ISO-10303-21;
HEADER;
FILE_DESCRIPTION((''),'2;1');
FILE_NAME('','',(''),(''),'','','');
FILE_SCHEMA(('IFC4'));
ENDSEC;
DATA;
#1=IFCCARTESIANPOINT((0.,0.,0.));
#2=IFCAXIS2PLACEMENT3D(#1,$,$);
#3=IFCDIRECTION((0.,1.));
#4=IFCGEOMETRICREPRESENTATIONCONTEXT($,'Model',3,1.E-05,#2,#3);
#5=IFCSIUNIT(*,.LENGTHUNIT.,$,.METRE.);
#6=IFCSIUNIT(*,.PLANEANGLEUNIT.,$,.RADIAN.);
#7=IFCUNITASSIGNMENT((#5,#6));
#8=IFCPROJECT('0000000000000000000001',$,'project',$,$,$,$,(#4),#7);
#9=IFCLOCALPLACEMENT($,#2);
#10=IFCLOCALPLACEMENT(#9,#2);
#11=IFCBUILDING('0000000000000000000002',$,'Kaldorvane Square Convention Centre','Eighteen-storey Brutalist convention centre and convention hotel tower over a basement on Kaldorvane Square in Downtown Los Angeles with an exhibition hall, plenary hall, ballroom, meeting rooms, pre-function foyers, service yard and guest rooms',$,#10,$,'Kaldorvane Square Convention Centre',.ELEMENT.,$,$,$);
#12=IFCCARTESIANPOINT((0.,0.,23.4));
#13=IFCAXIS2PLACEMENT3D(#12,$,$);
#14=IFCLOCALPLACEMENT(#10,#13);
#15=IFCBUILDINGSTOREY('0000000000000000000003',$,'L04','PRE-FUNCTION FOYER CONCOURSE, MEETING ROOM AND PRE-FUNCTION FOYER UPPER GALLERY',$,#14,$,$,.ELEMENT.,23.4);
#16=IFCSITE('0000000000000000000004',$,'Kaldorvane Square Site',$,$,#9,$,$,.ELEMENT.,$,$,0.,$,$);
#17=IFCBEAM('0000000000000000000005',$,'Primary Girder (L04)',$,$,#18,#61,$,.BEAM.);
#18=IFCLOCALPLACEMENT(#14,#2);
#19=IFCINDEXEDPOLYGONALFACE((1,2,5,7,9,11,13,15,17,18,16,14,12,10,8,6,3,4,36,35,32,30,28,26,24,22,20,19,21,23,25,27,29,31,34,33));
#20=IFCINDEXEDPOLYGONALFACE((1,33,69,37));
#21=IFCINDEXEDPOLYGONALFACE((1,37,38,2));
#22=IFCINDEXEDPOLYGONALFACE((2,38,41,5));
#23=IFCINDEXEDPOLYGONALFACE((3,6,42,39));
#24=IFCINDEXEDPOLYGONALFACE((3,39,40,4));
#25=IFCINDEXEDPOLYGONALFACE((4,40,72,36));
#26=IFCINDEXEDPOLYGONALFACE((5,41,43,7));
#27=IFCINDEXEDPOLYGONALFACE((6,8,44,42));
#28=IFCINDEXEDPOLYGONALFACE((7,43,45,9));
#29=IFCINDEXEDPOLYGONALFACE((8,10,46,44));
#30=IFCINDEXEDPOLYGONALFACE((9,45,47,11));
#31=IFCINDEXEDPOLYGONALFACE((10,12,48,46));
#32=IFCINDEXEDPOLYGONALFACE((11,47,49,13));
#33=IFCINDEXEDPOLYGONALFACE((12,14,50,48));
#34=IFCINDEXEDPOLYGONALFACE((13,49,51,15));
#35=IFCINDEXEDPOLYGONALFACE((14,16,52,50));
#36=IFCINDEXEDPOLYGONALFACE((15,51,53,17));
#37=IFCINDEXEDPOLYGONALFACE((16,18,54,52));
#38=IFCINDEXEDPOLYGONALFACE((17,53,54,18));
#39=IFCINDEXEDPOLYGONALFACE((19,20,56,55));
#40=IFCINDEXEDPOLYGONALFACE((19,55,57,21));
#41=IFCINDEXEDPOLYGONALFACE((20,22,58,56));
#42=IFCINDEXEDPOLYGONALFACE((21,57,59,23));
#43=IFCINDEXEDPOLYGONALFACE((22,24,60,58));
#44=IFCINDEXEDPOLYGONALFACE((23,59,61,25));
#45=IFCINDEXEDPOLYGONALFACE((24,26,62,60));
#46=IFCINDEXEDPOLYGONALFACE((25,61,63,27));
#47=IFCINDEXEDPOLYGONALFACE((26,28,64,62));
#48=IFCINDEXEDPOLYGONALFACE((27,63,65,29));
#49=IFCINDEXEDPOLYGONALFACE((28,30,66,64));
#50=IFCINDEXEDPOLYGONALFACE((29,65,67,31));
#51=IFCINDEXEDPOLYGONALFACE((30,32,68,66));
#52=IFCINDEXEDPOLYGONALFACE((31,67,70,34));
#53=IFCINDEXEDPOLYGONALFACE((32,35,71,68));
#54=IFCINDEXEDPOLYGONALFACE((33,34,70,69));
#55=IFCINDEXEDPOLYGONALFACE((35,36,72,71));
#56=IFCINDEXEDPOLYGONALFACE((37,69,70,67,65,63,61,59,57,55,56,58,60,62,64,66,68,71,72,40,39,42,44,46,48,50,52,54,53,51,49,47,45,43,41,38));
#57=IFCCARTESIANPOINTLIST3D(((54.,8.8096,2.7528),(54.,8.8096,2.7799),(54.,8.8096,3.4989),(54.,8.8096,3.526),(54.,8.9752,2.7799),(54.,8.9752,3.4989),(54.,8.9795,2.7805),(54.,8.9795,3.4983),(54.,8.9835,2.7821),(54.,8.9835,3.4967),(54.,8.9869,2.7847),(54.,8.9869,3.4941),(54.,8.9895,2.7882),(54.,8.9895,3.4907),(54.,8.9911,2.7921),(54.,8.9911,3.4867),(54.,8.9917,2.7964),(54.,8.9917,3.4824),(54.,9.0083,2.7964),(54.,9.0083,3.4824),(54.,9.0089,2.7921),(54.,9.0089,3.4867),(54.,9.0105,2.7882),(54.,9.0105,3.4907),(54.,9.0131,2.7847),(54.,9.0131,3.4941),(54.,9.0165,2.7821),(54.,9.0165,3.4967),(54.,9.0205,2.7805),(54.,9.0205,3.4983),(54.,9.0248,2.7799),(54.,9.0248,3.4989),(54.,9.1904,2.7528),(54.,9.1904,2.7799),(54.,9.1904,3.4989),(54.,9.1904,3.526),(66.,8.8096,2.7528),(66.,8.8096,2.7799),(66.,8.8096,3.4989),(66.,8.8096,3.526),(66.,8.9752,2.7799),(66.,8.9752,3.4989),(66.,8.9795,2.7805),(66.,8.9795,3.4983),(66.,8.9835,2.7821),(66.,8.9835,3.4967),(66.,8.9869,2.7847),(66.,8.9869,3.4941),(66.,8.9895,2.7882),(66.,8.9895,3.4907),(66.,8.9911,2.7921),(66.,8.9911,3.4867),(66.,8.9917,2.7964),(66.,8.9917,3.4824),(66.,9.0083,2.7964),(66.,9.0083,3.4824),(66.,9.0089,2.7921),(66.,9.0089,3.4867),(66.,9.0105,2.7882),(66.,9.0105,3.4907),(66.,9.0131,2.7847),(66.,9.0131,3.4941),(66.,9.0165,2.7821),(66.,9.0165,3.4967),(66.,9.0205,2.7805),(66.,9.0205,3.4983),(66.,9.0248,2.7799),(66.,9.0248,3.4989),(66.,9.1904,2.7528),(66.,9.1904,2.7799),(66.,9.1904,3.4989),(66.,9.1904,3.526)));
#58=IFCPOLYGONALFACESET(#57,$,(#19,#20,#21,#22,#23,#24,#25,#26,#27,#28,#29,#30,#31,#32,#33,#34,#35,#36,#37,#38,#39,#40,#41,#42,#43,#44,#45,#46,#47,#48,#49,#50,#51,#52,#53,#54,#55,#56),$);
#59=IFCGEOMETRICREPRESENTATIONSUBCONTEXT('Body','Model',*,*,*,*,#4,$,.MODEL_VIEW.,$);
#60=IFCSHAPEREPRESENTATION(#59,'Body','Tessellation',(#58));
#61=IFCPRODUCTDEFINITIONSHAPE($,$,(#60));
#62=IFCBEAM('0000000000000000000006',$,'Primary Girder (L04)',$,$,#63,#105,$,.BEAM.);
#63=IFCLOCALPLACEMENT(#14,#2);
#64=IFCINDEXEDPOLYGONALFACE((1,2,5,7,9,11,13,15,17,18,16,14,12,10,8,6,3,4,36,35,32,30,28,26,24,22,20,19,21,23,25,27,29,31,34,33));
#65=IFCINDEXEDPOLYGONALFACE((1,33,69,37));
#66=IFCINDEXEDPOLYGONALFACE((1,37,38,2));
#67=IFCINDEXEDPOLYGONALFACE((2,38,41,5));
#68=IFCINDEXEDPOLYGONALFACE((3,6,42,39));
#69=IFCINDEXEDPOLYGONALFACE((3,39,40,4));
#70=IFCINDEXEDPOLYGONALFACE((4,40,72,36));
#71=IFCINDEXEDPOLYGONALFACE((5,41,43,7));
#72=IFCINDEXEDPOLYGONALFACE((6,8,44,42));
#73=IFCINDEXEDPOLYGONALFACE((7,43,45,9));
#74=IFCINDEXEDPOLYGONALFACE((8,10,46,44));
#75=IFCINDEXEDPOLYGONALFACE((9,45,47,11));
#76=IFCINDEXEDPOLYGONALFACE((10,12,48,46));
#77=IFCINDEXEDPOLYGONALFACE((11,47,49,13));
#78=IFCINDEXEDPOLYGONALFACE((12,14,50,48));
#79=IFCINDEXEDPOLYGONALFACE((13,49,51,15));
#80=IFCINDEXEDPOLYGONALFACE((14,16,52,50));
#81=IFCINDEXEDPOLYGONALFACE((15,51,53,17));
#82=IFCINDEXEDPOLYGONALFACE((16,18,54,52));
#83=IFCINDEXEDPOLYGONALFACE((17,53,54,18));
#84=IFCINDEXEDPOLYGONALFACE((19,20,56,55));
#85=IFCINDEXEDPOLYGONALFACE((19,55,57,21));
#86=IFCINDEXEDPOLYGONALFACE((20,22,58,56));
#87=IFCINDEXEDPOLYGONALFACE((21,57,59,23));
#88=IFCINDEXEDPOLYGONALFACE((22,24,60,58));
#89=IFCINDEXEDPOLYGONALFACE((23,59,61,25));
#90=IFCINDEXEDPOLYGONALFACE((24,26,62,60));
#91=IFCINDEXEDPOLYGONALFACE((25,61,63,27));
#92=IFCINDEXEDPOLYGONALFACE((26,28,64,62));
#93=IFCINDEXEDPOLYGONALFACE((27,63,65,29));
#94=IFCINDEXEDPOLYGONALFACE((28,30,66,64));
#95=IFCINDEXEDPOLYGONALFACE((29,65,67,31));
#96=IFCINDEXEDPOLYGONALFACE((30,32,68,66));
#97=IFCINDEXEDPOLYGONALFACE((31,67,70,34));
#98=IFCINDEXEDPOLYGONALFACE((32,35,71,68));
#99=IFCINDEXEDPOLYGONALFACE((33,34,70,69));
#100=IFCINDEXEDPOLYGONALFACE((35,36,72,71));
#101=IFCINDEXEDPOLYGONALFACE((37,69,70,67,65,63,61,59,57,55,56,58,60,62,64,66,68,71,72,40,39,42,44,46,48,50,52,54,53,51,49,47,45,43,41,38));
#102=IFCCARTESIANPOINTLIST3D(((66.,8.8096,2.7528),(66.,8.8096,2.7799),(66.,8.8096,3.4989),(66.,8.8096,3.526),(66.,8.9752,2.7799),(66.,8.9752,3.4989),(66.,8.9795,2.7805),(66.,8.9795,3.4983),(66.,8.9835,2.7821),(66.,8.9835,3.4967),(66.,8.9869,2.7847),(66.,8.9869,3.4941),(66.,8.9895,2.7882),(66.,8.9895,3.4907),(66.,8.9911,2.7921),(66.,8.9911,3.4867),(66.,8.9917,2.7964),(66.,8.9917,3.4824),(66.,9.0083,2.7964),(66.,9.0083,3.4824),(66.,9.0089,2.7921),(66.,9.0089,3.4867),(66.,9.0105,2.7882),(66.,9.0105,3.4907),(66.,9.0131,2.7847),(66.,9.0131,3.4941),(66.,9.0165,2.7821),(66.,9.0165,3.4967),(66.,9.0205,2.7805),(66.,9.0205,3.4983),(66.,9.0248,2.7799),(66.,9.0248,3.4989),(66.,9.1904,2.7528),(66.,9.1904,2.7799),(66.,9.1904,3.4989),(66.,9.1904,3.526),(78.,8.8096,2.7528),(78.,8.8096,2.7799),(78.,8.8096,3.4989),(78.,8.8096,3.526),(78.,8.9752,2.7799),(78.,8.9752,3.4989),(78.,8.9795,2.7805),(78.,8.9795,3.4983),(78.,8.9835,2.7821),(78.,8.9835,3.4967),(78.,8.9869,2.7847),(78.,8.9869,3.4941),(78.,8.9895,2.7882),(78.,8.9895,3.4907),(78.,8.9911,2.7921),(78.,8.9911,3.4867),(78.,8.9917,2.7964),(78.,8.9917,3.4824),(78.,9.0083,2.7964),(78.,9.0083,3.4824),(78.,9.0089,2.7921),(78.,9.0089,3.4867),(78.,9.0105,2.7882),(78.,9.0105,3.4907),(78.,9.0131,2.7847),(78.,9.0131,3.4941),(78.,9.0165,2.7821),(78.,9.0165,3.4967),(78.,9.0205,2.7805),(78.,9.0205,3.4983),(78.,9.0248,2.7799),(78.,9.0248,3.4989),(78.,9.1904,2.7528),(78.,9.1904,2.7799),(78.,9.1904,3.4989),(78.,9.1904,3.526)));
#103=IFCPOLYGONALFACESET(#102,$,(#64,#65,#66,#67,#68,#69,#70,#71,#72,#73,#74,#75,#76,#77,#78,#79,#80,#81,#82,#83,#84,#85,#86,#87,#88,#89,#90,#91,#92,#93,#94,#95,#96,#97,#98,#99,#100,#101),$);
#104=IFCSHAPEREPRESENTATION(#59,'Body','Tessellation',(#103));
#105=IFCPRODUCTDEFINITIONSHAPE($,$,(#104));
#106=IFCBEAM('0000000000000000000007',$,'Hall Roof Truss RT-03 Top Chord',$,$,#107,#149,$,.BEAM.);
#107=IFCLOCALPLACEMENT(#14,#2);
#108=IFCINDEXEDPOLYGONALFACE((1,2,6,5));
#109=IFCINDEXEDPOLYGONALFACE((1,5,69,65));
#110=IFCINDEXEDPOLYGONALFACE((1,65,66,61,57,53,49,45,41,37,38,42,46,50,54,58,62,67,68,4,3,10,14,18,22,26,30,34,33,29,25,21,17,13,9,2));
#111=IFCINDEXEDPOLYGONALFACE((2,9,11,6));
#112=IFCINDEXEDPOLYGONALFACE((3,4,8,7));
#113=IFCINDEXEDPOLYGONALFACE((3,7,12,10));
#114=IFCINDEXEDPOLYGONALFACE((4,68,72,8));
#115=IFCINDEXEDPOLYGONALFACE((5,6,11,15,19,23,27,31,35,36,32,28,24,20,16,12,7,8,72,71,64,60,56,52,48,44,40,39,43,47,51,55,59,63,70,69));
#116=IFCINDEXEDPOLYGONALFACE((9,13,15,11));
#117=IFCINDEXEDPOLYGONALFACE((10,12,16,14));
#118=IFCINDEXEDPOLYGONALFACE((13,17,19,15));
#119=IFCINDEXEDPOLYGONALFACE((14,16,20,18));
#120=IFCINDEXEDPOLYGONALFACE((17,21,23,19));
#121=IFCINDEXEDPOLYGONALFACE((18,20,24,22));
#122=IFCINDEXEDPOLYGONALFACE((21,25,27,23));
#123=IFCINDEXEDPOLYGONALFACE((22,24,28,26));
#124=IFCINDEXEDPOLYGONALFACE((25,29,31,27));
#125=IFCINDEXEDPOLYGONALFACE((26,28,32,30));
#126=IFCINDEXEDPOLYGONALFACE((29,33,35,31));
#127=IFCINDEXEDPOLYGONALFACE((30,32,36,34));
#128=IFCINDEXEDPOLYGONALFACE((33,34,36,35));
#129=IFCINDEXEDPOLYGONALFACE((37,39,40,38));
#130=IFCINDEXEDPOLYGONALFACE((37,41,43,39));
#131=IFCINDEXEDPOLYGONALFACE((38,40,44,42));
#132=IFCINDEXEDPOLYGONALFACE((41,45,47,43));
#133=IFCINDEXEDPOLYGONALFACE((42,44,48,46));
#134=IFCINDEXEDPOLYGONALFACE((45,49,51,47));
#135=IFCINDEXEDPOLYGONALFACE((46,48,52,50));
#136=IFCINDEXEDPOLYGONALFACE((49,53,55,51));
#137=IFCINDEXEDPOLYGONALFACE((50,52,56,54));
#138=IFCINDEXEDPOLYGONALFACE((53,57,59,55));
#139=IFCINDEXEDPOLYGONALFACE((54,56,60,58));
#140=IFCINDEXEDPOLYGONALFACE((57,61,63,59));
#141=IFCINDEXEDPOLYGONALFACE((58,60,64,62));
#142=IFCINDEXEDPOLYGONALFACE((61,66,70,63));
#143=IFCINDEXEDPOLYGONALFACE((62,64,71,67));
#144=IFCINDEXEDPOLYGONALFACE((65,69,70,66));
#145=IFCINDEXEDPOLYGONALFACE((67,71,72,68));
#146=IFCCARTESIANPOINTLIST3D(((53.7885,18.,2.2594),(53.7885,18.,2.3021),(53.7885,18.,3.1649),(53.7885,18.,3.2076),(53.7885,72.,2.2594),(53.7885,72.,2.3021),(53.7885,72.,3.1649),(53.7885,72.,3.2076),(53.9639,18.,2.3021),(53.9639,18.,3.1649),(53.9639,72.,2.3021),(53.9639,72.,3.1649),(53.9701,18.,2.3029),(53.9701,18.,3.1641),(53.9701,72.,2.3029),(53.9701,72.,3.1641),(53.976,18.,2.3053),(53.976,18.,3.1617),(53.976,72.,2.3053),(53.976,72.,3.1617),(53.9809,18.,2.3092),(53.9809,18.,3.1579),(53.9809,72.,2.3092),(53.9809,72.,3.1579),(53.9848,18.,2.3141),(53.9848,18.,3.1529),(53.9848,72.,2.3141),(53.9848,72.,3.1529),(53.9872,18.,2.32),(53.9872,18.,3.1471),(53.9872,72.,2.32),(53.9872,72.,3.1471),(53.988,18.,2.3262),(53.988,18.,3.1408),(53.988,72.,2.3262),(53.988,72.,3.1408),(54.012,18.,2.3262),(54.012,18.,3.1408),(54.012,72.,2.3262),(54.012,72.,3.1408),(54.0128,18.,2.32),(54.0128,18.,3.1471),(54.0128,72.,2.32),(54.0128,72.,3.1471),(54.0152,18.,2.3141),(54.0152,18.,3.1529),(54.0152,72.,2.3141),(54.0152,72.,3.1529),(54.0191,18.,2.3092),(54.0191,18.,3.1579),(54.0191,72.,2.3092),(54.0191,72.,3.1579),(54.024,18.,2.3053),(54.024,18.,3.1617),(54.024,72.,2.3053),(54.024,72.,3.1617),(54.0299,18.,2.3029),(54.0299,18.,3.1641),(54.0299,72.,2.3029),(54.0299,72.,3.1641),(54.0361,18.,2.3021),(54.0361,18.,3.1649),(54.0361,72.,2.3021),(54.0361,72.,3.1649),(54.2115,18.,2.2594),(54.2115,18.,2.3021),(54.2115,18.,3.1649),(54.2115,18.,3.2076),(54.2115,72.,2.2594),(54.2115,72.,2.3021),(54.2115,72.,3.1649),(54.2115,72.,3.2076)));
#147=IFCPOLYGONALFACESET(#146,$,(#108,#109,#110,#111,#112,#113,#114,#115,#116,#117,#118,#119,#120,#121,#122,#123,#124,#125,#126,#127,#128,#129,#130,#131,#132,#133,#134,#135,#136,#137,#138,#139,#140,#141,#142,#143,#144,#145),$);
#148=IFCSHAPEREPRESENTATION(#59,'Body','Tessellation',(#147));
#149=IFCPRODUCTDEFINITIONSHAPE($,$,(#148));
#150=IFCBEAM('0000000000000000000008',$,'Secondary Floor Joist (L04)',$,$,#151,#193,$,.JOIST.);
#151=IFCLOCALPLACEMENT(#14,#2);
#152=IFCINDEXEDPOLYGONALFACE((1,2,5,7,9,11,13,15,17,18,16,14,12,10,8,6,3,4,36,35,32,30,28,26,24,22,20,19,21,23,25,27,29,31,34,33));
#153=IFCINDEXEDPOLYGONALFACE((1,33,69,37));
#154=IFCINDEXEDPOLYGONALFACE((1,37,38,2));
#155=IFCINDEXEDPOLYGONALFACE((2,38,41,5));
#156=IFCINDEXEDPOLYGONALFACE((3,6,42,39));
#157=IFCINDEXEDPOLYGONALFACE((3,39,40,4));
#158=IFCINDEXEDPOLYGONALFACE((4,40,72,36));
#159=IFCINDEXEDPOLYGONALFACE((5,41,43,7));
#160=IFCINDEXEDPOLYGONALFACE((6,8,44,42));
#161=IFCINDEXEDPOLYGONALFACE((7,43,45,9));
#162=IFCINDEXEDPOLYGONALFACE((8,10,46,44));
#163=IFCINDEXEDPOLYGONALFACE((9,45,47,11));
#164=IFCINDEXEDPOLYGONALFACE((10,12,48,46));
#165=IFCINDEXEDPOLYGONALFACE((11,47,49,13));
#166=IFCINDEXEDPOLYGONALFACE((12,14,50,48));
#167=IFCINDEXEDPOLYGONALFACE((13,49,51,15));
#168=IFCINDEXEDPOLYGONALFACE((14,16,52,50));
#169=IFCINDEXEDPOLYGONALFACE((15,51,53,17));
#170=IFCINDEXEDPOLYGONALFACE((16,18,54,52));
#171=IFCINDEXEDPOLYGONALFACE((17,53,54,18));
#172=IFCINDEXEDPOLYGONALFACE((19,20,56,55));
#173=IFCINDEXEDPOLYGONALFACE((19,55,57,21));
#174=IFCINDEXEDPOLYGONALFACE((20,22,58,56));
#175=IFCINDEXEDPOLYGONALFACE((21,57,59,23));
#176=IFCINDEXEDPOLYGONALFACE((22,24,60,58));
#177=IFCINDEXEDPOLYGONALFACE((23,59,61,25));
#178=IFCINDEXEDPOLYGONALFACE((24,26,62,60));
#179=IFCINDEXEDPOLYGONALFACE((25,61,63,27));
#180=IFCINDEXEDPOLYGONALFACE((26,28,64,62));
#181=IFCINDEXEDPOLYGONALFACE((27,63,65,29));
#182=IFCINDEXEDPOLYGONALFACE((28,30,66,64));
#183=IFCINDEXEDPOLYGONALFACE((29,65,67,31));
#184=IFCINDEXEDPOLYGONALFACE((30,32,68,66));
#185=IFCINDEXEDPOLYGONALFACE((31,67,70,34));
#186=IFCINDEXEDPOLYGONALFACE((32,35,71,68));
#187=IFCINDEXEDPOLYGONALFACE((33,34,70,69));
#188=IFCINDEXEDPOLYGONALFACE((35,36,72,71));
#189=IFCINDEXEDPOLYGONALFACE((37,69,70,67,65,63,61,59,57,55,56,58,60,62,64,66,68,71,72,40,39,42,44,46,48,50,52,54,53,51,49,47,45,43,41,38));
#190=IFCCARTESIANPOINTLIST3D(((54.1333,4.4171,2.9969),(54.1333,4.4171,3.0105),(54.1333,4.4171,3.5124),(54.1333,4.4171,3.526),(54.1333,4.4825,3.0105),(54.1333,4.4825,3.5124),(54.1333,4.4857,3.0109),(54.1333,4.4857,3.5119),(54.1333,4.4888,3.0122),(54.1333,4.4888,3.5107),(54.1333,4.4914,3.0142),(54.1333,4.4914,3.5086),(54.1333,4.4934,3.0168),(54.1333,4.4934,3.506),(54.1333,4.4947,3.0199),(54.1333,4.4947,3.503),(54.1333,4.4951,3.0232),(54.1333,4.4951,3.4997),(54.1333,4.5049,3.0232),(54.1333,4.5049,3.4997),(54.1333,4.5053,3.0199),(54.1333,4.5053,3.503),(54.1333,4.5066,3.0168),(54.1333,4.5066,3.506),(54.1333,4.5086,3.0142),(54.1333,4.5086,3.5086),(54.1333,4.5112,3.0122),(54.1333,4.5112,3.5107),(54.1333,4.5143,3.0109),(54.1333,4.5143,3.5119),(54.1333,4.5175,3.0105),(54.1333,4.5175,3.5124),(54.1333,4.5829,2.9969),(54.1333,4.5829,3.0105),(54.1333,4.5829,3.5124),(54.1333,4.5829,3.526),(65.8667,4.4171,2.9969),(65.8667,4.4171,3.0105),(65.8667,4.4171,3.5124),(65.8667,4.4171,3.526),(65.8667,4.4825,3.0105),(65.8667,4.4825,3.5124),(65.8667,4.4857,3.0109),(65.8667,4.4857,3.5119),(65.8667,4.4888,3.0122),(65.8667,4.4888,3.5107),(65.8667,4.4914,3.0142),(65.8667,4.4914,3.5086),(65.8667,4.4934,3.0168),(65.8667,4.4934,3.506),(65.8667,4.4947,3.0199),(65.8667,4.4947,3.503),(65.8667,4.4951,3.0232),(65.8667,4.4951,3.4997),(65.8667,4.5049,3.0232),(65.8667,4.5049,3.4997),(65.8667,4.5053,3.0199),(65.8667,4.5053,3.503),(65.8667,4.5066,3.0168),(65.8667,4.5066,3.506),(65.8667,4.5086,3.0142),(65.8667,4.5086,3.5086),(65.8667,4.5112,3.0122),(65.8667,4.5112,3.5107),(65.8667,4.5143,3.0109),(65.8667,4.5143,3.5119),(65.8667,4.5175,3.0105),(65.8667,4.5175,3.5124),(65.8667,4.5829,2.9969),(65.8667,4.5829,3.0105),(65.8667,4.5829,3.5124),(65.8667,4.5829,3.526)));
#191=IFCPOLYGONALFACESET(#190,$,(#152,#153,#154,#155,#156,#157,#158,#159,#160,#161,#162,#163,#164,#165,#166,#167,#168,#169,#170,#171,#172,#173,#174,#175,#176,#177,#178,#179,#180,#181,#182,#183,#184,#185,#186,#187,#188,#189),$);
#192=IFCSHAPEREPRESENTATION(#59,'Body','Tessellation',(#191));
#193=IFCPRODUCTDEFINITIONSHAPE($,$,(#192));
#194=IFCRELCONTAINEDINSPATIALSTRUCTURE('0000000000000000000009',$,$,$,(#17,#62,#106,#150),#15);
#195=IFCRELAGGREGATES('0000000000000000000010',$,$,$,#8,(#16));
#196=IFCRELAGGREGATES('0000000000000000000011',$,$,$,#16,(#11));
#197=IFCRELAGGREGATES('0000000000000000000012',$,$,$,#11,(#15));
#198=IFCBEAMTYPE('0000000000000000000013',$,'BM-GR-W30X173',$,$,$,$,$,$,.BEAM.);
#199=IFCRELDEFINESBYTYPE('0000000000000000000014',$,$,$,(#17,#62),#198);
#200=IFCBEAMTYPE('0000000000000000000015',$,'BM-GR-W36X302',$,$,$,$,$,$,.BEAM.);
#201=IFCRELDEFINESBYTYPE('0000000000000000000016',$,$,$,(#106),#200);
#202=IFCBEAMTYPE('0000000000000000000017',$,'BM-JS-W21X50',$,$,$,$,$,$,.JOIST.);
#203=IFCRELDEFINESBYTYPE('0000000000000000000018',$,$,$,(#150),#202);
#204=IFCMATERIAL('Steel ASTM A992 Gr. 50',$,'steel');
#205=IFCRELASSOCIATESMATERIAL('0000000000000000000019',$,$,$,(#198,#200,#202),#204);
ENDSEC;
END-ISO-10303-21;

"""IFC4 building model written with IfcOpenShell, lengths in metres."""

from ifc_helpers import new_model, si_unit, direction, frame, origin, origin_2d, place, context, subcontext, project, spatial, i_section, extrude, material, material_profile, profile_set, type_object, element, save


model = new_model("IFC4")

# Units and contexts
model_context = context("Model", 3, precision=1e-05, world=origin(), true_north=direction((0.0, 1.0)))
body_context = subcontext(model_context, "Body", "Model", "MODEL_VIEW")
ifc_project = project(units=[si_unit("LENGTHUNIT", "METRE"), si_unit("PLANEANGLEUNIT", "RADIAN")], contexts=[model_context])

# Site, building, storey
site_placement = place(None, origin())
site = spatial("IfcSite", under=ifc_project, at=site_placement, Name="Kaldorvane Square Site", CompositionType="ELEMENT", RefElevation=0.0)
building_placement = place(site_placement, origin())
building = spatial("IfcBuilding", under=site, at=building_placement, Name="Kaldorvane Square Convention Centre", Description="Eighteen-storey Brutalist convention centre and convention hotel tower over a basement on Kaldorvane Square in Downtown Los Angeles with an exhibition hall, plenary hall, ballroom, meeting rooms, pre-function foyers, service yard and guest rooms", LongName="Kaldorvane Square Convention Centre", CompositionType="ELEMENT")
storey_placement = place(building_placement, frame((0.0, 0.0, 23.4)))
storey = spatial("IfcBuildingStorey", under=building, at=storey_placement, Name="L04", Description="PRE-FUNCTION FOYER CONCOURSE, MEETING ROOM AND PRE-FUNCTION FOYER UPPER GALLERY", CompositionType="ELEMENT", Elevation=23.4)

# Shared definitions
ifc_material_1 = material(Name="Steel ASTM A992 Gr. 50", Category="steel")

# Beams
ifc_material_profile_1 = material_profile(ifc_material_1, i_section(OverallWidth=0.3807, OverallDepth=0.7732, WebThickness=0.0166, FlangeThickness=0.0271, FilletRadius=0.0165, at=origin_2d()), Name="W30X173")
ifc_profile_set_1 = profile_set([ifc_material_profile_1], Name="Steel ASTM A992 Gr. 50")
beam_type_1 = type_object("IfcBeamType", Name="BM-GR-W30X173", PredefinedType="BEAM", material=ifc_profile_set_1)
for number, where, z_axis, x_axis, name in (
    (1, (54.0, 9.0, 3.1394), (1.0, 0.0, 0.0), (0.0, 1.0, 0.0), "Primary Girder (L04)"),
    (2, (66.0, 9.0, 3.1394), (1.0, 0.0, 0.0), (0.0, 1.0, 0.0), "Primary Girder (L04)"),
):
    element("IfcBeam", number, at=place(storey_placement, frame(where, z_axis=z_axis, x_axis=x_axis)), inside=storey, type_object=beam_type_1, Name=name, PredefinedType="BEAM", context=body_context, shape_type="SweptSolid", body=[
        extrude(i_section(OverallWidth=0.3807, OverallDepth=0.7732, WebThickness=0.0166, FlangeThickness=0.0271, FilletRadius=0.0165, at=origin_2d()), origin(), (0.0, 0.0, 1.0), 12.0),
    ])
ifc_material_profile_2 = material_profile(ifc_material_1, i_section(OverallWidth=0.423, OverallDepth=0.9482, WebThickness=0.024, FlangeThickness=0.0427, FilletRadius=0.0241, at=origin_2d()), Name="W36X302")
ifc_profile_set_2 = profile_set([ifc_material_profile_2], Name="Steel ASTM A992 Gr. 50")
beam_type_2 = type_object("IfcBeamType", Name="BM-GR-W36X302", PredefinedType="BEAM", material=ifc_profile_set_2)
beam_placement = place(storey_placement, frame((54.0, 18.0, 2.7335), z_axis=(0.0, 1.0, 0.0), x_axis=(-1.0, 0.0, 0.0)))
element("IfcBeam", 3, at=beam_placement, inside=storey, type_object=beam_type_2, Name="Hall Roof Truss RT-03 Top Chord", PredefinedType="BEAM", context=body_context, shape_type="SweptSolid", body=[
    extrude(i_section(OverallWidth=0.423, OverallDepth=0.9482, WebThickness=0.024, FlangeThickness=0.0427, FilletRadius=0.0241, at=origin_2d()), origin(), (0.0, 0.0, 1.0), 54.0),
])
ifc_material_profile_3 = material_profile(ifc_material_1, i_section(OverallWidth=0.1659, OverallDepth=0.5291, WebThickness=0.0097, FlangeThickness=0.0136, FilletRadius=0.0127, at=origin_2d()), Name="W21X50")
ifc_profile_set_3 = profile_set([ifc_material_profile_3], Name="Steel ASTM A992 Gr. 50")
beam_type_3 = type_object("IfcBeamType", Name="BM-JS-W21X50", PredefinedType="JOIST", material=ifc_profile_set_3)
for number, where, z_axis, x_axis, name in (
    (4, (54.1333, 4.5, 3.2614), (1.0, 0.0, 0.0), (0.0, 1.0, 0.0), "Secondary Floor Joist (L04)"),
):
    element("IfcBeam", number, at=place(storey_placement, frame(where, z_axis=z_axis, x_axis=x_axis)), inside=storey, type_object=beam_type_3, Name=name, PredefinedType="JOIST", context=body_context, shape_type="SweptSolid", body=[
        extrude(i_section(OverallWidth=0.1659, OverallDepth=0.5291, WebThickness=0.0097, FlangeThickness=0.0136, FilletRadius=0.0127, at=origin_2d()), origin(), (0.0, 0.0, 1.0), 11.7334),
    ])

save(model, "model.ifc")
